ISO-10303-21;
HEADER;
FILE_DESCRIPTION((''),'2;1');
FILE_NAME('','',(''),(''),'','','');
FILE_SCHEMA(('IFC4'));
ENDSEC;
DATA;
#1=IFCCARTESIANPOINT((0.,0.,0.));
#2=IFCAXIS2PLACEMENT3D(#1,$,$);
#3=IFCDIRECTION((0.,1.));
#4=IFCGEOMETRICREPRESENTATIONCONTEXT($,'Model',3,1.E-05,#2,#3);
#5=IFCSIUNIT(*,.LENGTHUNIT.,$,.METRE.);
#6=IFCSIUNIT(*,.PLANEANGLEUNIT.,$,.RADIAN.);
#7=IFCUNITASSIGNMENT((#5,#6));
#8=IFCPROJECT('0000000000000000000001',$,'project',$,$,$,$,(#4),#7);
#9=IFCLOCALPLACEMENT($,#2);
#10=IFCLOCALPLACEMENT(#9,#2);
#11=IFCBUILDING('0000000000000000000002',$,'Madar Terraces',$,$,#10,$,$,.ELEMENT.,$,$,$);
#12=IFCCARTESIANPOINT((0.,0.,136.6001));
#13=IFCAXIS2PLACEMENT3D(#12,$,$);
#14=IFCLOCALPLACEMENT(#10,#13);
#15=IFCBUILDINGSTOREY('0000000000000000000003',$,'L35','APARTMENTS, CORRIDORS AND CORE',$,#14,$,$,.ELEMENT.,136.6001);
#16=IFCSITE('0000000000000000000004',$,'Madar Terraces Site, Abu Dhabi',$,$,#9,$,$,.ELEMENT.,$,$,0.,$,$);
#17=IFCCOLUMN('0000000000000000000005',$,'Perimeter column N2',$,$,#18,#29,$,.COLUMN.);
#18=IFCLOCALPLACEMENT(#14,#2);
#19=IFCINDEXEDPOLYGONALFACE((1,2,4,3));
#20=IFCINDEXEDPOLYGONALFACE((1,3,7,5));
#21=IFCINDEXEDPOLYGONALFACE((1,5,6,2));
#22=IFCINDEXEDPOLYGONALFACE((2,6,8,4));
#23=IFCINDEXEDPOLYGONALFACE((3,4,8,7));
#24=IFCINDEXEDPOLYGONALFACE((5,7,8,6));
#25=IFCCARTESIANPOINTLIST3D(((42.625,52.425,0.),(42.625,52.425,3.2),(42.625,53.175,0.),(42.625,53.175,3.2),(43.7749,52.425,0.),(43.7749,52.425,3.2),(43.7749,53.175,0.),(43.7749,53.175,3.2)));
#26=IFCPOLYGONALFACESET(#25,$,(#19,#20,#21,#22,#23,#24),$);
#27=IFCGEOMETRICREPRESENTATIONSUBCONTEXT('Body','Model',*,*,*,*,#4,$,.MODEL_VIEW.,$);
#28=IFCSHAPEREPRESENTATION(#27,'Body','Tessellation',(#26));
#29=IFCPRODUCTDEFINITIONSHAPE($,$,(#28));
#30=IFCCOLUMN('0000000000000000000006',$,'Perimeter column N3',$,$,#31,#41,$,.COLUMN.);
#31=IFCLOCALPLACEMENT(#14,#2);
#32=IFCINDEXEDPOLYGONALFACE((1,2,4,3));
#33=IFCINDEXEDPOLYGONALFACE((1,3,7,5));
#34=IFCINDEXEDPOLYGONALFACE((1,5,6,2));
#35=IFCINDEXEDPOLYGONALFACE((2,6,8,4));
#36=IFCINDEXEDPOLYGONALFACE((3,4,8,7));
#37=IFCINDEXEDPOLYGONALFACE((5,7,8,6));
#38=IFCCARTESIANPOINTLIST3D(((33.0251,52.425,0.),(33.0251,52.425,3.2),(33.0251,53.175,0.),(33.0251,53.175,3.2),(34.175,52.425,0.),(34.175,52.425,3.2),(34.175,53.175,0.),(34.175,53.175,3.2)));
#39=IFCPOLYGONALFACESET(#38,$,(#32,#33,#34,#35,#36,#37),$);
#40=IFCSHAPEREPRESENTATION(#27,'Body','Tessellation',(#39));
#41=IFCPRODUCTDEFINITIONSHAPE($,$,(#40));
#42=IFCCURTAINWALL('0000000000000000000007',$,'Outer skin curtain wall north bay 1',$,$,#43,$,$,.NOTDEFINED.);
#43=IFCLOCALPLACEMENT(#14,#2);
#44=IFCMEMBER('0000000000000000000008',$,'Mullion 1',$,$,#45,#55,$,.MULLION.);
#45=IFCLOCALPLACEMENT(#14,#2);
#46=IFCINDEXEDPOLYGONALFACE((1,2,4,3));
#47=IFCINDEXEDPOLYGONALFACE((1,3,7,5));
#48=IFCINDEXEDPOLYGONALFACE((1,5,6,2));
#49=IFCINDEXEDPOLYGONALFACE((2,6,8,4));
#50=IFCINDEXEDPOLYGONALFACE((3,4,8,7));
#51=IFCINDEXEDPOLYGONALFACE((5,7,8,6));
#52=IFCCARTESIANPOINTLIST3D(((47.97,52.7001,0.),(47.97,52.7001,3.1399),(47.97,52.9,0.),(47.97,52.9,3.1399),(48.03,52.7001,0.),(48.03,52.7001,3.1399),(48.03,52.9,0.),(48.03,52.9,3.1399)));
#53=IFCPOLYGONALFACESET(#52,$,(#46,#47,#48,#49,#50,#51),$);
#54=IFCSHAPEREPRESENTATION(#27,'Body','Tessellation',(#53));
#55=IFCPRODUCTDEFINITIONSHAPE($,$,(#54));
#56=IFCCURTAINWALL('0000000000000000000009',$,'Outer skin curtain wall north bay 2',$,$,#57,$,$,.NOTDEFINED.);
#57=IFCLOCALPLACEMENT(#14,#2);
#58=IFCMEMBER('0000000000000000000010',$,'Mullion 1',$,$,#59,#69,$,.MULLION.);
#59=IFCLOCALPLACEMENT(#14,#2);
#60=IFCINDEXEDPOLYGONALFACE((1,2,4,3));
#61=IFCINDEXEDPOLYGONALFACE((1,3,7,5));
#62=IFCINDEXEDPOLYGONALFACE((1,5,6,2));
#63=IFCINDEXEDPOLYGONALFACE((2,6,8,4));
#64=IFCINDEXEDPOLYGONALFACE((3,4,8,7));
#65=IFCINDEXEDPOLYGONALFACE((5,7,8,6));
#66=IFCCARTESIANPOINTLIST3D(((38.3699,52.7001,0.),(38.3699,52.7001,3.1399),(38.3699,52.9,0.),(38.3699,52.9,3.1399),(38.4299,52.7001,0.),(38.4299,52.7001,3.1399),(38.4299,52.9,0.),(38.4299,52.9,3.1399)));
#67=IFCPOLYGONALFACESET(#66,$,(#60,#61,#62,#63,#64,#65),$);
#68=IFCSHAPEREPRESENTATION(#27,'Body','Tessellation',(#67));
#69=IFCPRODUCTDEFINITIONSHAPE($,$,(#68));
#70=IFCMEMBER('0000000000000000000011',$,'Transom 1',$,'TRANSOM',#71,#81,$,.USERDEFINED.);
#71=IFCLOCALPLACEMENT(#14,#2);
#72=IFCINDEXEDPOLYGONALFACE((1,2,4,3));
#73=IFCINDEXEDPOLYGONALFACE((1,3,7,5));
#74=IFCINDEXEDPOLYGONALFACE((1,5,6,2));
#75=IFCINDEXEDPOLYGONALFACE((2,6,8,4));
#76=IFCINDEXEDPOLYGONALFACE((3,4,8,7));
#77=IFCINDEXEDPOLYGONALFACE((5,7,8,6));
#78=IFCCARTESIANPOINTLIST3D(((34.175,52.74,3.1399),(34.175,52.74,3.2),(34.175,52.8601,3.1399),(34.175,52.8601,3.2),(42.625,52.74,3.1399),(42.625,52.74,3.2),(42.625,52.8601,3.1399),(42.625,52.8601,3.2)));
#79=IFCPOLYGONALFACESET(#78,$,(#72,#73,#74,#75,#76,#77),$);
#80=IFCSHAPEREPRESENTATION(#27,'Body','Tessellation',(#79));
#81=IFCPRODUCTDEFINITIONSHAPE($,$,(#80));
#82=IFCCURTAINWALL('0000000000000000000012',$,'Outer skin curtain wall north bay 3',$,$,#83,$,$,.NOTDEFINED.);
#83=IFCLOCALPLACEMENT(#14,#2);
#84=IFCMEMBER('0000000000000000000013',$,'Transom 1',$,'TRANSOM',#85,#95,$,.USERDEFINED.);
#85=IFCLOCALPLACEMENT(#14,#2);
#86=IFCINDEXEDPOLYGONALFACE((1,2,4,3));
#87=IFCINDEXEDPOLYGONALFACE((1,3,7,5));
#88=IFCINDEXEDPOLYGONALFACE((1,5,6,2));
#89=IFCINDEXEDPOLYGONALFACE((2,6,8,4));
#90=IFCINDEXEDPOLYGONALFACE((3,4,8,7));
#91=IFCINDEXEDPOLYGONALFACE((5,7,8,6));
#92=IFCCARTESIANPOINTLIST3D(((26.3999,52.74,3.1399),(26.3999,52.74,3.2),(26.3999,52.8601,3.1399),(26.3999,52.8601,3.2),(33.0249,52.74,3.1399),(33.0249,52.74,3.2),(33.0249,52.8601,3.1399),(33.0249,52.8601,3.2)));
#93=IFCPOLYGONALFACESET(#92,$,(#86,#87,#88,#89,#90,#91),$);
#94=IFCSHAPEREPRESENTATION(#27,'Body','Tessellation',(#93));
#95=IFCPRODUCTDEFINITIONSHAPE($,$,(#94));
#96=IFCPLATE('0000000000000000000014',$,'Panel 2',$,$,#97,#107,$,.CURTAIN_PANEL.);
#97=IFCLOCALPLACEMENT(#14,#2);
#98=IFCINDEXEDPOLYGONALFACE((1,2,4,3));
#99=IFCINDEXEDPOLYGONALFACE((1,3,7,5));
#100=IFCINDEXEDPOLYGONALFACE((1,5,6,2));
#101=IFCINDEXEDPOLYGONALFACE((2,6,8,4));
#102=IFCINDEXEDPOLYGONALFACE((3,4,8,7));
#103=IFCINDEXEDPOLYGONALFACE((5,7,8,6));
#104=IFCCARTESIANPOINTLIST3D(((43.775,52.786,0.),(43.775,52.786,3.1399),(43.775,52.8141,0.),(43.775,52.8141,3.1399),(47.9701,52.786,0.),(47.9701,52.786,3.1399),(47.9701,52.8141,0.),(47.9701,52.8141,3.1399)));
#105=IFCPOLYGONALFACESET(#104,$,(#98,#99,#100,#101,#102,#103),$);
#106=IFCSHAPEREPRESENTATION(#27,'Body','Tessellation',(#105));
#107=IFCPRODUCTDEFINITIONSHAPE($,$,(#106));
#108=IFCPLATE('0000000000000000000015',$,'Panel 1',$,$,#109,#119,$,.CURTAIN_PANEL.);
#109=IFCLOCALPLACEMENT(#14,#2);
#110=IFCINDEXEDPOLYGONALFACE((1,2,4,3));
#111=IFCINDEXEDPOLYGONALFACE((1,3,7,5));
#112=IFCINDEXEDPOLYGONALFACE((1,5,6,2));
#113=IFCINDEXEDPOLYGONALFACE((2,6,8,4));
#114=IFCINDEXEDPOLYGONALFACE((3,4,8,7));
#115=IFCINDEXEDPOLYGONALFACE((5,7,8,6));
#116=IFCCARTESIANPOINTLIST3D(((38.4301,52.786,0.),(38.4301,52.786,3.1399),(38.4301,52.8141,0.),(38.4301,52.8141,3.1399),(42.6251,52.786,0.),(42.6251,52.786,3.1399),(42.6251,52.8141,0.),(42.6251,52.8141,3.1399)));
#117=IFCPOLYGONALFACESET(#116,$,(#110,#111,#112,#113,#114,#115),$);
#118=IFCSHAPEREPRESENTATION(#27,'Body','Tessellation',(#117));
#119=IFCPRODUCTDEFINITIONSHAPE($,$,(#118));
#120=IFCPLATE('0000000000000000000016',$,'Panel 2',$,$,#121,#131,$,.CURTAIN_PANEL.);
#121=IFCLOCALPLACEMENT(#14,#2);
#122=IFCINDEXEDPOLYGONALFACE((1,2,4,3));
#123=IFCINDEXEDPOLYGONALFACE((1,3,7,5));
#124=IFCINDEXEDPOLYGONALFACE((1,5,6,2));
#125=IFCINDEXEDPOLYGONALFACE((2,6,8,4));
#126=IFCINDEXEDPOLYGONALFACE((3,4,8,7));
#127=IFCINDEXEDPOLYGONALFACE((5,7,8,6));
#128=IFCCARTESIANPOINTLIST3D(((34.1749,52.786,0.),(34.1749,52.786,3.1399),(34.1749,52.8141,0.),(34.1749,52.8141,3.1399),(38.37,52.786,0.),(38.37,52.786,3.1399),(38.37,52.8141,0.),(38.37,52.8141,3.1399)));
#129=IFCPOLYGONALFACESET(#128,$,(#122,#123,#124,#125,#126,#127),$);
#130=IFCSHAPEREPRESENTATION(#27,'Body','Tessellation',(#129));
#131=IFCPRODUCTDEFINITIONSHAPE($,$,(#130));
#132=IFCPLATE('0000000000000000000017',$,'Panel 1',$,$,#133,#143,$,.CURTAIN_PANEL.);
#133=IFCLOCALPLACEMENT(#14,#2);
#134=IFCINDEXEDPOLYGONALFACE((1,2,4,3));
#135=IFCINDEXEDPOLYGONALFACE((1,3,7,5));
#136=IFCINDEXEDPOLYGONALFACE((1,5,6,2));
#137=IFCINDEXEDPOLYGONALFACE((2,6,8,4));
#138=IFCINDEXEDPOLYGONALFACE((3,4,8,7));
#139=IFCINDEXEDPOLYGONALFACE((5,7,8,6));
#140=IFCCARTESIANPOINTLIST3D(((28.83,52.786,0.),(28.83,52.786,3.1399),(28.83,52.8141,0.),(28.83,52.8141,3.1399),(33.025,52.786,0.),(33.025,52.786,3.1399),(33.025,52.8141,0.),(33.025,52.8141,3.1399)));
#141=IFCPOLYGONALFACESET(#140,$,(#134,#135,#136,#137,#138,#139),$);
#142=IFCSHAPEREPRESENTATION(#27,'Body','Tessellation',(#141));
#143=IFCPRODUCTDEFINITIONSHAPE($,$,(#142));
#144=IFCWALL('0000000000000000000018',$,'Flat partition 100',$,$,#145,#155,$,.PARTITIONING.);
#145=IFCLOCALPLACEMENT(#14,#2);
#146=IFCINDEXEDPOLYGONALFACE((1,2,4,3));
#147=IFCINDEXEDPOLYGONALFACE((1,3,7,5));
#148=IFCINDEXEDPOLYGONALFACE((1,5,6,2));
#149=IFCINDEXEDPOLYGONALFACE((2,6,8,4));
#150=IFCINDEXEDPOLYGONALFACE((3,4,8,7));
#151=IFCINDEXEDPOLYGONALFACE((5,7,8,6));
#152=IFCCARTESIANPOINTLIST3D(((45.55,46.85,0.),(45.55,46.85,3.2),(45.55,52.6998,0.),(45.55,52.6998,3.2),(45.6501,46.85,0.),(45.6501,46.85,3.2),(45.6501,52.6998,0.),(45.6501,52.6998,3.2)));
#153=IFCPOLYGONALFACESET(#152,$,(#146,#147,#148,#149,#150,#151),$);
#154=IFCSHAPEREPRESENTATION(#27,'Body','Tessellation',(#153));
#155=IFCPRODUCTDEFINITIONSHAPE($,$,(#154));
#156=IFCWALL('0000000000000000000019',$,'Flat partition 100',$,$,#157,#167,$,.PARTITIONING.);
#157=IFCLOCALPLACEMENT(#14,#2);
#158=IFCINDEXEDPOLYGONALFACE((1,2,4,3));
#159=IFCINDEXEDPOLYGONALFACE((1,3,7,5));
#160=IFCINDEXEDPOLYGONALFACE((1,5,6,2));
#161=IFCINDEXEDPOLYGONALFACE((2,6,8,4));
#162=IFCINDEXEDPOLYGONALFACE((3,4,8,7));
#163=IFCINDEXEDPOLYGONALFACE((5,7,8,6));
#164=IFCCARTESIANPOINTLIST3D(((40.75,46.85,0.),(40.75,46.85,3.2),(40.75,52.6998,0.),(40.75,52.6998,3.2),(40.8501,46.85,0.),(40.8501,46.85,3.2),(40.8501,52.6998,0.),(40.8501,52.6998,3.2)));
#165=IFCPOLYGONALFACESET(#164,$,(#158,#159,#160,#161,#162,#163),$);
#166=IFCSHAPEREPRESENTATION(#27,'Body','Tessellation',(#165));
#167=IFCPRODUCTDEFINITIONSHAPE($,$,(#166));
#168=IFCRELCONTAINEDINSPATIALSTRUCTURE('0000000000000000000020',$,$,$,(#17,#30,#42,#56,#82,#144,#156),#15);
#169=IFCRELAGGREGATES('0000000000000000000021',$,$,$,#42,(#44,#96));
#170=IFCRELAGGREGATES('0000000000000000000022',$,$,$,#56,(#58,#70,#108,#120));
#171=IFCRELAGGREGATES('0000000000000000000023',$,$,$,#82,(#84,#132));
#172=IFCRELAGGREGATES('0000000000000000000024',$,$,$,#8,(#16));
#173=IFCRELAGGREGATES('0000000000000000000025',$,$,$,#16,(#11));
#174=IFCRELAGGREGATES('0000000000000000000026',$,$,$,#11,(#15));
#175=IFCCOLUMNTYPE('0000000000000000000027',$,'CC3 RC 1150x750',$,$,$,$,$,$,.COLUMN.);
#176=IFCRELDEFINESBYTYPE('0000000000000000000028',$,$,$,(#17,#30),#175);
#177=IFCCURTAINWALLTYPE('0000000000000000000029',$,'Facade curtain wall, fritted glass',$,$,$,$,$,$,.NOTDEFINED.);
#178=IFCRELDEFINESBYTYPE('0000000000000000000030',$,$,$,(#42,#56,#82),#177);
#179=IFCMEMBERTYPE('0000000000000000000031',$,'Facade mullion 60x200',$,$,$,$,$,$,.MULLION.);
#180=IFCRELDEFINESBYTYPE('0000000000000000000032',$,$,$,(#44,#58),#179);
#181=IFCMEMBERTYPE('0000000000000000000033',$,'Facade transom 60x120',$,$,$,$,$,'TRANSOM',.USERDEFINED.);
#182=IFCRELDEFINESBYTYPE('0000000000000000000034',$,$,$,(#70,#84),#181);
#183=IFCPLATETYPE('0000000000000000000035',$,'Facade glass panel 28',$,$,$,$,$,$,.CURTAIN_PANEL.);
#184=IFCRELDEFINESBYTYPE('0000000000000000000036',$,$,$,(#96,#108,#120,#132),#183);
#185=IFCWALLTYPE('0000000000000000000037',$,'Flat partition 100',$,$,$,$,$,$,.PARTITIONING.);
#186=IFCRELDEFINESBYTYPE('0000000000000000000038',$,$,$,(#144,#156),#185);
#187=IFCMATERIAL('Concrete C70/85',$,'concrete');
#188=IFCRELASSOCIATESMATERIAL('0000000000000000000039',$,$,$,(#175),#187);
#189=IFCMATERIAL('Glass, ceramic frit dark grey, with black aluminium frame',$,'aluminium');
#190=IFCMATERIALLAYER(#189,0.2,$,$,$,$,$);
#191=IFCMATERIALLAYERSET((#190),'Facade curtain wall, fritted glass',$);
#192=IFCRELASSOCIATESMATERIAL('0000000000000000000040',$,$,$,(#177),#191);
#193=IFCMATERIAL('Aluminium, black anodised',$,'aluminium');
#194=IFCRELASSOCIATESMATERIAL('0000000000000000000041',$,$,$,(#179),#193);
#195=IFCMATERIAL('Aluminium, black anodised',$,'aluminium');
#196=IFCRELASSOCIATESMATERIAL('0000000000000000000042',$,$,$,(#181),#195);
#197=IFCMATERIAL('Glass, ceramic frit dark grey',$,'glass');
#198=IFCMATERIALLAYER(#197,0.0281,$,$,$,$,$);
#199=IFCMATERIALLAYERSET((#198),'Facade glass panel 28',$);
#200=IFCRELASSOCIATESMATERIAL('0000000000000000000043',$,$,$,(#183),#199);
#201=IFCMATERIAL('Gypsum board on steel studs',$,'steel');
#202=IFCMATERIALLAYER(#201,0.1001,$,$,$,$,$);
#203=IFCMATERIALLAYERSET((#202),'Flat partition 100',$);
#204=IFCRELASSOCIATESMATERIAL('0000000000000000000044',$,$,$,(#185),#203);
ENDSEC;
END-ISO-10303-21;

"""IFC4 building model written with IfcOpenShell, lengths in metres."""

from ifc_helpers import new_model, si_unit, direction, frame, frame_2d, origin, origin_2d, place, context, subcontext, project, spatial, rectangle, extrude, material, layer, layer_set, material_profile, profile_set, type_object, element, aggregate, save


model = new_model("IFC4")

# Units and contexts
model_context = context("Model", 3, precision=1e-05, world=origin(), true_north=direction((0.0, 1.0)))
body_context = subcontext(model_context, "Body", "Model", "MODEL_VIEW")
ifc_project = project(units=[si_unit("LENGTHUNIT", "METRE"), si_unit("PLANEANGLEUNIT", "RADIAN")], contexts=[model_context])

# Site, building, storey
site_placement = place(None, origin())
site = spatial("IfcSite", under=ifc_project, at=site_placement, Name="Madar Terraces Site, Abu Dhabi", CompositionType="ELEMENT", RefElevation=0.0)
building_placement = place(site_placement, origin())
building = spatial("IfcBuilding", under=site, at=building_placement, Name="Madar Terraces", CompositionType="ELEMENT")
storey_placement = place(building_placement, frame((0.0, 0.0, 136.6001)))
storey = spatial("IfcBuildingStorey", under=building, at=storey_placement, Name="L35", Description="APARTMENTS, CORRIDORS AND CORE", CompositionType="ELEMENT", Elevation=136.6001)

# Columns
ifc_material_1 = material(Name="Concrete C70/85", Category="concrete")
ifc_material_profile_1 = material_profile(ifc_material_1, rectangle(XDim=1.1499, YDim=0.75, at=origin_2d()), Name="CC3 RC 1150x750")
ifc_profile_set_1 = profile_set([ifc_material_profile_1], Name="Concrete C70/85")
column_type = type_object("IfcColumnType", Name="CC3 RC 1150x750", PredefinedType="COLUMN", material=ifc_profile_set_1)
for number, where, z_axis, x_axis, name in (
    (1, (43.2, 52.8, 0.0), (0.0, 0.0, 1.0), (1.0, 0.0, 0.0), "Perimeter column N2"),
    (2, (33.6001, 52.8, 0.0), (0.0, 0.0, 1.0), (1.0, 0.0, 0.0), "Perimeter column N3"),
):
    element("IfcColumn", number, at=place(storey_placement, frame(where, z_axis=z_axis, x_axis=x_axis)), inside=storey, type_object=column_type, Name=name, PredefinedType="COLUMN", context=body_context, shape_type="SweptSolid", body=[
        extrude(rectangle(XDim=1.1499, YDim=0.75, at=origin_2d()), origin(), (0.0, 0.0, 1.0), 3.2),
    ])

# Curtain wall, member
ifc_material_2 = material(Name="Glass, ceramic frit dark grey, with black aluminium frame", Category="aluminium")
ifc_layer_1 = layer(ifc_material_2, 0.2)
ifc_layer_set_1 = layer_set([ifc_layer_1], Name="Facade curtain wall, fritted glass")
curtain_wall_type = type_object("IfcCurtainWallType", Name="Facade curtain wall, fritted glass", PredefinedType="NOTDEFINED", material=ifc_layer_set_1)
curtain_wall_1_placement = place(storey_placement, origin())
curtain_wall_1 = element("IfcCurtainWall", 3, at=curtain_wall_1_placement, inside=storey, type_object=curtain_wall_type, Name="Outer skin curtain wall north bay 1", PredefinedType="NOTDEFINED")
ifc_material_3 = material(Name="Aluminium, black anodised", Category="aluminium")
ifc_material_profile_2 = material_profile(ifc_material_3, rectangle(XDim=0.2, YDim=0.0601, at=origin_2d()), Name="Facade mullion 60x200")
ifc_profile_set_2 = profile_set([ifc_material_profile_2], Name="Aluminium, black anodised")
member_type_1 = type_object("IfcMemberType", Name="Facade mullion 60x200", PredefinedType="MULLION", material=ifc_profile_set_2)
member_1_placement = place(storey_placement, frame((48.0, 52.8, 0.0), z_axis=(0.0, 0.0, 1.0), x_axis=(0.0, -1.0, 0.0)))
member_1 = element("IfcMember", 4, at=member_1_placement, type_object=member_type_1, Name="Mullion 1", PredefinedType="MULLION", context=body_context, shape_type="SweptSolid", body=[
    extrude(rectangle(XDim=0.2, YDim=0.0601, at=origin_2d()), origin(), (0.0, 0.0, 1.0), 3.1399),
])

# Curtain wall, members
curtain_wall_2_placement = place(storey_placement, origin())
curtain_wall_2 = element("IfcCurtainWall", 5, at=curtain_wall_2_placement, inside=storey, type_object=curtain_wall_type, Name="Outer skin curtain wall north bay 2", PredefinedType="NOTDEFINED")
member_2_placement = place(storey_placement, frame((38.3999, 52.8, 0.0), z_axis=(0.0, 0.0, 1.0), x_axis=(0.0, -1.0, 0.0)))
member_2 = element("IfcMember", 6, at=member_2_placement, type_object=member_type_1, Name="Mullion 1", PredefinedType="MULLION", context=body_context, shape_type="SweptSolid", body=[
    extrude(rectangle(XDim=0.2, YDim=0.0601, at=origin_2d()), origin(), (0.0, 0.0, 1.0), 3.1399),
])
ifc_material_4 = material(Name="Aluminium, black anodised", Category="aluminium")
ifc_material_profile_3 = material_profile(ifc_material_4, rectangle(XDim=0.1201, YDim=0.0601, at=origin_2d()), Name="Facade transom 60x120")
ifc_profile_set_3 = profile_set([ifc_material_profile_3], Name="Aluminium, black anodised")
member_type_2 = type_object("IfcMemberType", Name="Facade transom 60x120", ElementType="TRANSOM", PredefinedType="USERDEFINED", material=ifc_profile_set_3)
member_3_placement = place(storey_placement, frame((42.625, 52.8, 3.1699), z_axis=(-1.0, 0.0, 0.0), x_axis=(0.0, -1.0, 0.0)))
member_3 = element("IfcMember", 7, at=member_3_placement, type_object=member_type_2, Name="Transom 1", ObjectType="TRANSOM", PredefinedType="USERDEFINED", context=body_context, shape_type="SweptSolid", body=[
    extrude(rectangle(XDim=0.1201, YDim=0.0601, at=origin_2d()), origin(), (0.0, 0.0, 1.0), 8.45),
])

# Curtain wall, member
curtain_wall_3_placement = place(storey_placement, origin())
curtain_wall_3 = element("IfcCurtainWall", 8, at=curtain_wall_3_placement, inside=storey, type_object=curtain_wall_type, Name="Outer skin curtain wall north bay 3", PredefinedType="NOTDEFINED")
member_4_placement = place(storey_placement, frame((33.0249, 52.8, 3.1699), z_axis=(-1.0, 0.0, 0.0), x_axis=(0.0, -1.0, 0.0)))
member_4 = element("IfcMember", 9, at=member_4_placement, type_object=member_type_2, Name="Transom 1", ObjectType="TRANSOM", PredefinedType="USERDEFINED", context=body_context, shape_type="SweptSolid", body=[
    extrude(rectangle(XDim=0.1201, YDim=0.0601, at=origin_2d()), origin(), (0.0, 0.0, 1.0), 6.625),
])

# Plates
ifc_material_5 = material(Name="Glass, ceramic frit dark grey", Category="glass")
ifc_layer_2 = layer(ifc_material_5, 0.0281)
ifc_layer_set_2 = layer_set([ifc_layer_2], Name="Facade glass panel 28")
plate_type = type_object("IfcPlateType", Name="Facade glass panel 28", PredefinedType="CURTAIN_PANEL", material=ifc_layer_set_2)
plate_1_placement = place(storey_placement, frame((45.8726, 52.8, 0.0), z_axis=(0.0, 0.0, 1.0), x_axis=(-1.0, 0.0, 0.0)))
plate_1 = element("IfcPlate", 10, at=plate_1_placement, type_object=plate_type, Name="Panel 2", PredefinedType="CURTAIN_PANEL", context=body_context, shape_type="SweptSolid", body=[
    extrude(rectangle(XDim=4.1951, YDim=0.0281, at=origin_2d()), origin(), (0.0, 0.0, 1.0), 3.1399),
])
aggregate(curtain_wall_1, [member_1, plate_1])
plate_2_placement = place(storey_placement, frame((40.5276, 52.8, 0.0), z_axis=(0.0, 0.0, 1.0), x_axis=(-1.0, 0.0, 0.0)))
plate_2 = element("IfcPlate", 11, at=plate_2_placement, type_object=plate_type, Name="Panel 1", PredefinedType="CURTAIN_PANEL", context=body_context, shape_type="SweptSolid", body=[
    extrude(rectangle(XDim=4.1951, YDim=0.0281, at=origin_2d()), origin(), (0.0, 0.0, 1.0), 3.1399),
])
plate_3_placement = place(storey_placement, frame((36.2725, 52.8, 0.0), z_axis=(0.0, 0.0, 1.0), x_axis=(-1.0, 0.0, 0.0)))
plate_3 = element("IfcPlate", 12, at=plate_3_placement, type_object=plate_type, Name="Panel 2", PredefinedType="CURTAIN_PANEL", context=body_context, shape_type="SweptSolid", body=[
    extrude(rectangle(XDim=4.1951, YDim=0.0281, at=origin_2d()), origin(), (0.0, 0.0, 1.0), 3.1399),
])
aggregate(curtain_wall_2, [member_2, member_3, plate_2, plate_3])
plate_4_placement = place(storey_placement, frame((30.9275, 52.8, 0.0), z_axis=(0.0, 0.0, 1.0), x_axis=(-1.0, 0.0, 0.0)))
plate_4 = element("IfcPlate", 13, at=plate_4_placement, type_object=plate_type, Name="Panel 1", PredefinedType="CURTAIN_PANEL", context=body_context, shape_type="SweptSolid", body=[
    extrude(rectangle(XDim=4.1951, YDim=0.0281, at=origin_2d()), origin(), (0.0, 0.0, 1.0), 3.1399),
])
aggregate(curtain_wall_3, [member_4, plate_4])

# Walls
ifc_material_6 = material(Name="Gypsum board on steel studs", Category="steel")
ifc_layer_3 = layer(ifc_material_6, 0.1001)
ifc_layer_set_3 = layer_set([ifc_layer_3], Name="Flat partition 100")
wall_type_1 = type_object("IfcWallType", Name="Flat partition 100", PredefinedType="PARTITIONING", material=ifc_layer_set_3)
for number, where, z_axis, x_axis, name in (
    (14, (45.6001, 46.8501, 0.0), (0.0, 0.0, 1.0), (0.0, 1.0, 0.0), "Flat partition 100"),
    (15, (40.8, 46.8501, 0.0), (0.0, 0.0, 1.0), (0.0, 1.0, 0.0), "Flat partition 100"),
):
    element("IfcWall", number, at=place(storey_placement, frame(where, z_axis=z_axis, x_axis=x_axis)), inside=storey, type_object=wall_type_1, Name=name, PredefinedType="PARTITIONING", context=body_context, shape_type="SweptSolid", body=[
        extrude(rectangle(XDim=5.8499, YDim=0.1001, at=frame_2d((2.9248, 0.0))), origin(), (0.0, 0.0, 1.0), 3.2),
    ])

save(model, "model.ifc")
